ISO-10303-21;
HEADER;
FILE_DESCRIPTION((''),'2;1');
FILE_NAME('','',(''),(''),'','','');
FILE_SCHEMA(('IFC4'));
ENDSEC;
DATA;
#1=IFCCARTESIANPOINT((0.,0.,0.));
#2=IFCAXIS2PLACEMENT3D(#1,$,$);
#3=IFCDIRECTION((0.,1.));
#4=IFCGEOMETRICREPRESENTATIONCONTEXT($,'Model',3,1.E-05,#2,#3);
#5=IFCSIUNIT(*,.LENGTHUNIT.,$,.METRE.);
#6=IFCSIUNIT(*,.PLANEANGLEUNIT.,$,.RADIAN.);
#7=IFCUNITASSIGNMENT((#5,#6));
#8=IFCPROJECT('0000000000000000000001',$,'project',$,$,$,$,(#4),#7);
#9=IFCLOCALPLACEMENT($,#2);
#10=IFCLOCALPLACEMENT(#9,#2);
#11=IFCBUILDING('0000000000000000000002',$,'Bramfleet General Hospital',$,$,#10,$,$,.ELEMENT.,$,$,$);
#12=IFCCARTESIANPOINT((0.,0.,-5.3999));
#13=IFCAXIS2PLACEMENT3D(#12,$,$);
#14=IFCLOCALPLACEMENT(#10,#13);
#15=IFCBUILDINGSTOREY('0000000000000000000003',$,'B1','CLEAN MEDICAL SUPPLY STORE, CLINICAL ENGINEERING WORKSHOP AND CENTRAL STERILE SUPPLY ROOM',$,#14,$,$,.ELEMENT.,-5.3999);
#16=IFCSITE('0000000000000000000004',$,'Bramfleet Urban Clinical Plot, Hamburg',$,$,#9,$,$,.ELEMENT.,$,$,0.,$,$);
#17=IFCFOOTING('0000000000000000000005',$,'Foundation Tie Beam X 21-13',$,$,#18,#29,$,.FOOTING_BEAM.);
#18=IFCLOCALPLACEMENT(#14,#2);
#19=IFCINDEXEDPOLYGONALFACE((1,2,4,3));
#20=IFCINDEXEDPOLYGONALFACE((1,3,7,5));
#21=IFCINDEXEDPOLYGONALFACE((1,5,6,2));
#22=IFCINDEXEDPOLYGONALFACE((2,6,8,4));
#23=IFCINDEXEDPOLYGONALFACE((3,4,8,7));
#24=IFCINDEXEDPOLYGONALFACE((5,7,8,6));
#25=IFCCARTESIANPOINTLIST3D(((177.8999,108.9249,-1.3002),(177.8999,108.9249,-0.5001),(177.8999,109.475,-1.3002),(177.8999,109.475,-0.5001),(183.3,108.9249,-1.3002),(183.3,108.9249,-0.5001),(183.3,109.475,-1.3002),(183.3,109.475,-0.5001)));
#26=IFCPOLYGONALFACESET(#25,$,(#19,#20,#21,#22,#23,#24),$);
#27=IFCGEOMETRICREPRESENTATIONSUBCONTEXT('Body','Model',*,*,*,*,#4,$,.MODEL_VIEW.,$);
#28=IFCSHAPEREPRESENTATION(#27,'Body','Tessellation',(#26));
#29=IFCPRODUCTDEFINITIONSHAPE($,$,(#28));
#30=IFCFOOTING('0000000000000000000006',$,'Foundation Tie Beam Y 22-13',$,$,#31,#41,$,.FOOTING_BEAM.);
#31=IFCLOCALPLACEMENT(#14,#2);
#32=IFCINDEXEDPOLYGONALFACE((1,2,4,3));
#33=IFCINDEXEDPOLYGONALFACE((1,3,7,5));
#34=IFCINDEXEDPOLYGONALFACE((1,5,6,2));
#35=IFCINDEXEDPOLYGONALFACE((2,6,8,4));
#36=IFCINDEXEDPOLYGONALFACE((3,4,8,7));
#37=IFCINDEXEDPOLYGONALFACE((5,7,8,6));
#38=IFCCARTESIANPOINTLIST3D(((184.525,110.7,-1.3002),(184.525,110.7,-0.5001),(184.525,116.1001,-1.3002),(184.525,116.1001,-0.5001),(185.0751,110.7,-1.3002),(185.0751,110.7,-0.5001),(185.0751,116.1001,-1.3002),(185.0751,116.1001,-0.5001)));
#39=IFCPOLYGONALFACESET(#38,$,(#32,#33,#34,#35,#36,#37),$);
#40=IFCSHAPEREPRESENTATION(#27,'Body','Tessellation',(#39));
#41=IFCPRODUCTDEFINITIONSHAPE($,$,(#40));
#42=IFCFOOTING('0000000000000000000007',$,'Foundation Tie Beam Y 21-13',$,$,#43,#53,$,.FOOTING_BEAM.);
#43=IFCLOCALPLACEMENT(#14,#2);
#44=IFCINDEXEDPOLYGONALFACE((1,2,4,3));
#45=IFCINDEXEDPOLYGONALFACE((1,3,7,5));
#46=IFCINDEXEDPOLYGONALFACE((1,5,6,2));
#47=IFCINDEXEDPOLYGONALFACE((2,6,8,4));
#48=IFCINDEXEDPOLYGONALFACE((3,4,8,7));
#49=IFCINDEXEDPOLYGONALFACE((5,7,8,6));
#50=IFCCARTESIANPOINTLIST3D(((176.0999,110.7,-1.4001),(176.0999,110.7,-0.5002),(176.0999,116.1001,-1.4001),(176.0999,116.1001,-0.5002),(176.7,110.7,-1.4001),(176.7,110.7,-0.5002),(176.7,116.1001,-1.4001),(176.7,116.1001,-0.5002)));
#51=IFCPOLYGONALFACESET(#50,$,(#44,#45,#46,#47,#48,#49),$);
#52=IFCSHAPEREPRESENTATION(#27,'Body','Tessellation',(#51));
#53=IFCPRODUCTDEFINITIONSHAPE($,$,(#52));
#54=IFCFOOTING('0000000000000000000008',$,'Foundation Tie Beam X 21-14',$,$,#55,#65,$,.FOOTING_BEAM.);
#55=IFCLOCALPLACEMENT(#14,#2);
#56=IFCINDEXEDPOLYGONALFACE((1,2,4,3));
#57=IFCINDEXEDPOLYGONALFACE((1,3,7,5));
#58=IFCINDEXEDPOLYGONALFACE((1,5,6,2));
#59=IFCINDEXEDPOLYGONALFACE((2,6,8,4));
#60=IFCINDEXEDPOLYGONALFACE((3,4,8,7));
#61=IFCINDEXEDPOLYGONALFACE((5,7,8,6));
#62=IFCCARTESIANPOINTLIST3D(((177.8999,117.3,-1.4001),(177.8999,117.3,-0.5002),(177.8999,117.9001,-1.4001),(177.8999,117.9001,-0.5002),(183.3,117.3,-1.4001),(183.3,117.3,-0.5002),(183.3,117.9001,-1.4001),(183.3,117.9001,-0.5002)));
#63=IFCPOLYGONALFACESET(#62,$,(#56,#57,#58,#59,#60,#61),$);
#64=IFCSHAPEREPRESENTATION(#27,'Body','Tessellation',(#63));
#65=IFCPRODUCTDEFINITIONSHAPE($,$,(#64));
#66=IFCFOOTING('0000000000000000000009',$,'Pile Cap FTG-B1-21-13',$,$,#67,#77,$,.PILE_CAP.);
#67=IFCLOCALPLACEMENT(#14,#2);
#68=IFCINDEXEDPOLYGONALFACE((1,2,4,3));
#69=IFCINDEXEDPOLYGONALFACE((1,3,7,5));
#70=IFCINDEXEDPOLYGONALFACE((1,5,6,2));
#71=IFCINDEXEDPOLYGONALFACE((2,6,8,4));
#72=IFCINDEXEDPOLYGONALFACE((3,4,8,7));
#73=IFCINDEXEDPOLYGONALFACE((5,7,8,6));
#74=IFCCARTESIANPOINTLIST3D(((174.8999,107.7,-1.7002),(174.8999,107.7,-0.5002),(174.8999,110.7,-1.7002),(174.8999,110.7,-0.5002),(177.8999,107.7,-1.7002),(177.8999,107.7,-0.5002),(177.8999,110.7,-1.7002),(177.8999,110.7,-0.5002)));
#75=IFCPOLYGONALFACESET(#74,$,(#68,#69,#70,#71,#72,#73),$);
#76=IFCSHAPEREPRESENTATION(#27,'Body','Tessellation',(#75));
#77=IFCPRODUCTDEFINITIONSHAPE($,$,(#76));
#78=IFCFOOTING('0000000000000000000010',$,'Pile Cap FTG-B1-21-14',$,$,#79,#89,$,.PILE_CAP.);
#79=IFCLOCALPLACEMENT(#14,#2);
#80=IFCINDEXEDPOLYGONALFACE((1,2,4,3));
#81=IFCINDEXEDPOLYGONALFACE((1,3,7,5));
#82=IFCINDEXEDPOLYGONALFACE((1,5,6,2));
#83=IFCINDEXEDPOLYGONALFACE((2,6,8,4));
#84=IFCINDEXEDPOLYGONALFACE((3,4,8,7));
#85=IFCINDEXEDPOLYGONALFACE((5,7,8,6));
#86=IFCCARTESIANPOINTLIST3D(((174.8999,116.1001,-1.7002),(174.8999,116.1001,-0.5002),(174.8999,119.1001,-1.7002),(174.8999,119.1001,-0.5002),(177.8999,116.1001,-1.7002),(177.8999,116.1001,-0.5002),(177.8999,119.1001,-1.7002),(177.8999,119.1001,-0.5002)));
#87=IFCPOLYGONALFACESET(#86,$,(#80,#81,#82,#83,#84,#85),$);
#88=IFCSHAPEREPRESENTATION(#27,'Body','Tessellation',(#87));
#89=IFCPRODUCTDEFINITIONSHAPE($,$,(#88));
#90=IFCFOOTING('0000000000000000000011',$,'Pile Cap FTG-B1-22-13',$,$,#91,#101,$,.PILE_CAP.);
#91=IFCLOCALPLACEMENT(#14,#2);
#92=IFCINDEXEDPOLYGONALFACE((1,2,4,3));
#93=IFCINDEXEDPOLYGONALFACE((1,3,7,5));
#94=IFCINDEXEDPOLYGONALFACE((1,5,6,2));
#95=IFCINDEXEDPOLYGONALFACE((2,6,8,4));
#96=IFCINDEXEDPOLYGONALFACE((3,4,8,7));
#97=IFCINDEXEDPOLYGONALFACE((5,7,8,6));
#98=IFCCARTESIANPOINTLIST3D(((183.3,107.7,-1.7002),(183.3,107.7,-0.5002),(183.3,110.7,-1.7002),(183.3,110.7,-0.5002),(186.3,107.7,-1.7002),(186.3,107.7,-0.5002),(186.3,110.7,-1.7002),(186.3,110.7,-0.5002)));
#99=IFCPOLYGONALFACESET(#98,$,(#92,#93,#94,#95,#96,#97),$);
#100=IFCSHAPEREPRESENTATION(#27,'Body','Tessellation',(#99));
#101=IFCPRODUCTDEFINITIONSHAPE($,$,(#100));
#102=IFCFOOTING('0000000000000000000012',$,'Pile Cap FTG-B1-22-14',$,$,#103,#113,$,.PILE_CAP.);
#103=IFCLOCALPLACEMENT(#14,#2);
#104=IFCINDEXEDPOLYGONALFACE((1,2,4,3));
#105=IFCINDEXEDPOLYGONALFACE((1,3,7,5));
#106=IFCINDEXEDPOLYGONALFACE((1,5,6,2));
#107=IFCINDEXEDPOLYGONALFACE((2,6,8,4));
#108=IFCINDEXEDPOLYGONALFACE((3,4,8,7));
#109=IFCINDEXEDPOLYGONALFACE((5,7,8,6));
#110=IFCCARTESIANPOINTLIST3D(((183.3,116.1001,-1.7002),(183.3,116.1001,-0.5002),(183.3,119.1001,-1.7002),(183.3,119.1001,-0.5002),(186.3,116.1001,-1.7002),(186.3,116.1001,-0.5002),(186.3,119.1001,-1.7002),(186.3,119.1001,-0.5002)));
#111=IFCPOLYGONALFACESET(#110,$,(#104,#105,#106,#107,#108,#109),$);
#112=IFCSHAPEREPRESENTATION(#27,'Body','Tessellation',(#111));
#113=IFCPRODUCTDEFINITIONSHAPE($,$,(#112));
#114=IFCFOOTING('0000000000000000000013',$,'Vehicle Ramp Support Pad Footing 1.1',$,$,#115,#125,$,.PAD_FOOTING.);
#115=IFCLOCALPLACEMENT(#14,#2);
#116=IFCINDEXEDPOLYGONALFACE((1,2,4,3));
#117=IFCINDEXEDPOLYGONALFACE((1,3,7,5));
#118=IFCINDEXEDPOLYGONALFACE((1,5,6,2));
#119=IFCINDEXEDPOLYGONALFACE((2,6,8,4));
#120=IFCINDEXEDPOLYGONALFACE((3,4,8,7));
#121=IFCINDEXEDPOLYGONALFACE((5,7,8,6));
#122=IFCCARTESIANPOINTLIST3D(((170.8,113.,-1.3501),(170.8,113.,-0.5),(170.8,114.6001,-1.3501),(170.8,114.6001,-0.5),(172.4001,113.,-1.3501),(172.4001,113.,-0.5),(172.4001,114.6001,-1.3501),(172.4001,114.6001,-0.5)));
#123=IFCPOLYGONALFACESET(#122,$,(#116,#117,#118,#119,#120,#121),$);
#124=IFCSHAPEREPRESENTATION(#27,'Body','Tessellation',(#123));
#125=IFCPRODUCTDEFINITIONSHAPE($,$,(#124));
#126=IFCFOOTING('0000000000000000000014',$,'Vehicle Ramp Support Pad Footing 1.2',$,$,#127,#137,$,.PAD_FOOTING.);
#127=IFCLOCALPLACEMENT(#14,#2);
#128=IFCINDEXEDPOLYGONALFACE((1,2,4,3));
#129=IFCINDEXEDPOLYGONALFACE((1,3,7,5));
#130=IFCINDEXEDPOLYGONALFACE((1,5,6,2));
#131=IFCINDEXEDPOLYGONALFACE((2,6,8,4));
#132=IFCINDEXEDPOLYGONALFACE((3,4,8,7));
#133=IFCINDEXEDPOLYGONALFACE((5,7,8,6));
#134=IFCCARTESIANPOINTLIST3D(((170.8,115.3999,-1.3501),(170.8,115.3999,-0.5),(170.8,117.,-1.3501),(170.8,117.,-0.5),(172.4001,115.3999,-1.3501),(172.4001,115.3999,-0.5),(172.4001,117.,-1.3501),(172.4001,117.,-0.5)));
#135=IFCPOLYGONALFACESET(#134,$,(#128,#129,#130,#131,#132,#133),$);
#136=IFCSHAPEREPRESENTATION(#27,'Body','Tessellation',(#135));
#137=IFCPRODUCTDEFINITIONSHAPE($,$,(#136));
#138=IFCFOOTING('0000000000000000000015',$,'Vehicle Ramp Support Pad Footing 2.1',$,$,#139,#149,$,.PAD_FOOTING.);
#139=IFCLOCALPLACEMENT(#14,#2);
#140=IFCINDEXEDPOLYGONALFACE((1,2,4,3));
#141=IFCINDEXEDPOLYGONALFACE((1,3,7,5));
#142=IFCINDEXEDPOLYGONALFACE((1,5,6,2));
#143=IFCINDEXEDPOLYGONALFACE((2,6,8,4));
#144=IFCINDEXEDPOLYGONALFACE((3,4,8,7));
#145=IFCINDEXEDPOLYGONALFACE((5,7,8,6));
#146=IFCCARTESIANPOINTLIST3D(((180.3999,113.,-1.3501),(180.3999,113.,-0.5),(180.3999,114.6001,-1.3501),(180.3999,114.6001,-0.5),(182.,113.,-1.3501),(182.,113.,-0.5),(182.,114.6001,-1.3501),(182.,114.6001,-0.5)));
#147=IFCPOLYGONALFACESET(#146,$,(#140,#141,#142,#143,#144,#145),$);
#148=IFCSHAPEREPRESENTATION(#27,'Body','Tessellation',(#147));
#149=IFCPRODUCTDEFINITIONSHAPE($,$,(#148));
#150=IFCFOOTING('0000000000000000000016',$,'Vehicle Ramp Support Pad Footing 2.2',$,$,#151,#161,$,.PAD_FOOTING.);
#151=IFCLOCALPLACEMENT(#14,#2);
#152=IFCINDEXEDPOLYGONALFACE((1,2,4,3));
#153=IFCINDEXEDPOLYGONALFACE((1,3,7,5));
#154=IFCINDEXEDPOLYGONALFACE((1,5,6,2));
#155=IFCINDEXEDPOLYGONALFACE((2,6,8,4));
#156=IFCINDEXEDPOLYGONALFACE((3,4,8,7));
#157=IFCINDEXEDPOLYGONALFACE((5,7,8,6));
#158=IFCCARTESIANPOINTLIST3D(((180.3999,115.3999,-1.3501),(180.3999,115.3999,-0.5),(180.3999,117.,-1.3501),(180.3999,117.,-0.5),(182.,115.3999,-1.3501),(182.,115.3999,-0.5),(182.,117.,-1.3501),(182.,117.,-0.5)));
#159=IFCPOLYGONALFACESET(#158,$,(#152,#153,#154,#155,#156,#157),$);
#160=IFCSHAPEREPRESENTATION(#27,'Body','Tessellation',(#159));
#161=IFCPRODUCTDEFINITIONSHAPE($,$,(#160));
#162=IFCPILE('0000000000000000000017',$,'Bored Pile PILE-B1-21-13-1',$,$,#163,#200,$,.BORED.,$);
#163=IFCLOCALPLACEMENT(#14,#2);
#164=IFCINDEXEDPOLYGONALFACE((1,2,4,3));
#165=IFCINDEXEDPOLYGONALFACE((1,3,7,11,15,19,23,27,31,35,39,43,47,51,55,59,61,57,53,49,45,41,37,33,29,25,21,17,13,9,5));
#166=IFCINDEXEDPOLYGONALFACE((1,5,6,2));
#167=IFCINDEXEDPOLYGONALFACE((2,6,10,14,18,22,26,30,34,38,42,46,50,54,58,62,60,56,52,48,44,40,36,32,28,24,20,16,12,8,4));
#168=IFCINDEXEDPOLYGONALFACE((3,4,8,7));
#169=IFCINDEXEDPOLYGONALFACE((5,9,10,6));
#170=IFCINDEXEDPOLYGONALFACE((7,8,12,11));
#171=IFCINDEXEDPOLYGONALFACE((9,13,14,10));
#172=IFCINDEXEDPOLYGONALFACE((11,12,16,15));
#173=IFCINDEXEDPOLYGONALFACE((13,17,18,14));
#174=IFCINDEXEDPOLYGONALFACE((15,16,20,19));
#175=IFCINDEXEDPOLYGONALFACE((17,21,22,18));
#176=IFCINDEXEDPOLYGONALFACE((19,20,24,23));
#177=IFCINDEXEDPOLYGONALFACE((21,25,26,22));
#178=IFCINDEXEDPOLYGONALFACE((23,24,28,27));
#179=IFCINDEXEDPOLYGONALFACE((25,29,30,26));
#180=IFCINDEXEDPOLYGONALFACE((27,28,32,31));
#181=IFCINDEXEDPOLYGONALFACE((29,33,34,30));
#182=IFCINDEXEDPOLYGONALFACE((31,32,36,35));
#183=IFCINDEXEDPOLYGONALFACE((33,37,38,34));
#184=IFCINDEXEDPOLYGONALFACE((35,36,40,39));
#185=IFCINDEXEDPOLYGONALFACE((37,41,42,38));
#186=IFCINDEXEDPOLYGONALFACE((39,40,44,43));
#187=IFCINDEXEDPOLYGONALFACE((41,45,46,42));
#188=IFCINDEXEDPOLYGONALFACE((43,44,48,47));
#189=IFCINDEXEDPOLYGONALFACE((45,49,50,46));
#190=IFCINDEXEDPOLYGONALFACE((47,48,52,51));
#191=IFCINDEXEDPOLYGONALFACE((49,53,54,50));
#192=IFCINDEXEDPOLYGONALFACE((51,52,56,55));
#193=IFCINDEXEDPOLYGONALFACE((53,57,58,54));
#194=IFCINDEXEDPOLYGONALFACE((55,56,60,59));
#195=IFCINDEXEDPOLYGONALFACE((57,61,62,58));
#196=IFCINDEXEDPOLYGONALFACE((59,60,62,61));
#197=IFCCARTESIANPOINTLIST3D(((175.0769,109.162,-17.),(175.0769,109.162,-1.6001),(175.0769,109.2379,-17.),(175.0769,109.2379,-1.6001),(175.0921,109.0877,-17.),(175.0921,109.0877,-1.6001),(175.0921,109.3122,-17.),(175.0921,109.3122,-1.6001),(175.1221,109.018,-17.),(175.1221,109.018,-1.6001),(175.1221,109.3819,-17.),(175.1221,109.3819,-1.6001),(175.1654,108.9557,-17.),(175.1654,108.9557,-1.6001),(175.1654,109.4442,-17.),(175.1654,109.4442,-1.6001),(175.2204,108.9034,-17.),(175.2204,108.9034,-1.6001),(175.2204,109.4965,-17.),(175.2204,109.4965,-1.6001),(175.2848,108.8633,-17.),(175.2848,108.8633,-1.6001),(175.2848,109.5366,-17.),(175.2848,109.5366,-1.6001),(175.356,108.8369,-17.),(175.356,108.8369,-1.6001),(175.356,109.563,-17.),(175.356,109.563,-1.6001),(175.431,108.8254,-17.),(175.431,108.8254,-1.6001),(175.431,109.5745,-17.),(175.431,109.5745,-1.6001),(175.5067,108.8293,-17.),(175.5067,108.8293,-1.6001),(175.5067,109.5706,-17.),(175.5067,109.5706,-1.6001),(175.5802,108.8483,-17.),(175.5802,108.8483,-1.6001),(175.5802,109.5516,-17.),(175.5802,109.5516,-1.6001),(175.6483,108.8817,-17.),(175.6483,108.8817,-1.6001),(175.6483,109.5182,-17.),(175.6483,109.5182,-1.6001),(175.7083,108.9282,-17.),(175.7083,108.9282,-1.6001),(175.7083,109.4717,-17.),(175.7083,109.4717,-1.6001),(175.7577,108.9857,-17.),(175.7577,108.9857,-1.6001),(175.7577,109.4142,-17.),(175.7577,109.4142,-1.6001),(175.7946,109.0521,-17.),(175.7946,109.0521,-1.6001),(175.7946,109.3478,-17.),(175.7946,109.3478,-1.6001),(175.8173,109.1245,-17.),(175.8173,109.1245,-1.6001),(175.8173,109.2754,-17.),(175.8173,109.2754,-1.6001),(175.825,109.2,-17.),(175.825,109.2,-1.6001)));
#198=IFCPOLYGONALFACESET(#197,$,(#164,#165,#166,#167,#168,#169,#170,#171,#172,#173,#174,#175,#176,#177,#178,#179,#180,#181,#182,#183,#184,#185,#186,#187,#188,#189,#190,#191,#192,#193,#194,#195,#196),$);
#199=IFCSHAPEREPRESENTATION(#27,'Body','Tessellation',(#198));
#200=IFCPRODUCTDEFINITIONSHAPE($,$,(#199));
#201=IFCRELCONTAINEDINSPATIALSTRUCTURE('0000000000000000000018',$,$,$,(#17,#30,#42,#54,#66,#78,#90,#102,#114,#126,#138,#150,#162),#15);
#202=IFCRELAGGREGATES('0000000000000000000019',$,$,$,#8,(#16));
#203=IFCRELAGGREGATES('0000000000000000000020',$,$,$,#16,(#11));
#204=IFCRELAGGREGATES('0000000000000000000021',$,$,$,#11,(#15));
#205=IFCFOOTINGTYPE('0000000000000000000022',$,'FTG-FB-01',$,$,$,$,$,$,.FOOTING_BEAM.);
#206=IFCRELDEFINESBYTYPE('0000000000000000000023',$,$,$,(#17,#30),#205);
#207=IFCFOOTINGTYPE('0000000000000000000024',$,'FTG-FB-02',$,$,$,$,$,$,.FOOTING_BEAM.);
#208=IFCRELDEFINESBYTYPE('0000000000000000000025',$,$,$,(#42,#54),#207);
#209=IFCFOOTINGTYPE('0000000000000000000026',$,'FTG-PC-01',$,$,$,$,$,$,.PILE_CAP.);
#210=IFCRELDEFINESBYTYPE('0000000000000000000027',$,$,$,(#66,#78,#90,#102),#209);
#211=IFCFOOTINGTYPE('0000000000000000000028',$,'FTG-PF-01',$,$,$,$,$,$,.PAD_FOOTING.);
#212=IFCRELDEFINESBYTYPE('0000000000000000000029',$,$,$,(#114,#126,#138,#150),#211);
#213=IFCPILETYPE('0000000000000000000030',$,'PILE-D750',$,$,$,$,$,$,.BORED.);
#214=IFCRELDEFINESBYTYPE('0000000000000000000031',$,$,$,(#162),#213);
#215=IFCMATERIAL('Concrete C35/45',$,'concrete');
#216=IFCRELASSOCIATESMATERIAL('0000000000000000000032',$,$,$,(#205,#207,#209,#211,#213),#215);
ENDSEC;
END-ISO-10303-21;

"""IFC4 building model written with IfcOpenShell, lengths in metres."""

from ifc_helpers import new_model, si_unit, direction, frame, origin, origin_2d, place, context, subcontext, project, spatial, rectangle, circle, extrude, material, material_profile, profile_set, type_object, element, save


model = new_model("IFC4")

# Units and contexts
model_context = context("Model", 3, precision=1e-05, world=origin(), true_north=direction((0.0, 1.0)))
body_context = subcontext(model_context, "Body", "Model", "MODEL_VIEW")
ifc_project = project(units=[si_unit("LENGTHUNIT", "METRE"), si_unit("PLANEANGLEUNIT", "RADIAN")], contexts=[model_context])

# Site, building, storey
site_placement = place(None, origin())
site = spatial("IfcSite", under=ifc_project, at=site_placement, Name="Bramfleet Urban Clinical Plot, Hamburg", CompositionType="ELEMENT", RefElevation=0.0)
building_placement = place(site_placement, origin())
building = spatial("IfcBuilding", under=site, at=building_placement, Name="Bramfleet General Hospital", CompositionType="ELEMENT")
storey_placement = place(building_placement, frame((0.0, 0.0, -5.3999)))
storey = spatial("IfcBuildingStorey", under=building, at=storey_placement, Name="B1", Description="CLEAN MEDICAL SUPPLY STORE, CLINICAL ENGINEERING WORKSHOP AND CENTRAL STERILE SUPPLY ROOM", CompositionType="ELEMENT", Elevation=-5.3999)

# Footings
ifc_material_1 = material(Name="Concrete C35/45", Category="concrete")
ifc_material_profile_1 = material_profile(ifc_material_1, rectangle(XDim=0.55, YDim=0.8, at=origin_2d()), Name="RC FB 800x550")
ifc_profile_set_1 = profile_set([ifc_material_profile_1], Name="Concrete C35/45")
footing_type_1 = type_object("IfcFootingType", Name="FTG-FB-01", PredefinedType="FOOTING_BEAM", material=ifc_profile_set_1)
for number, where, z_axis, x_axis, name in (
    (1, (177.8999, 109.2, -0.9001), (1.0, 0.0, 0.0), (0.0, 1.0, 0.0), "Foundation Tie Beam X 21-13"),
    (2, (184.8, 110.7, -0.9001), (0.0, 1.0, 0.0), (-1.0, 0.0, 0.0), "Foundation Tie Beam Y 22-13"),
):
    element("IfcFooting", number, at=place(storey_placement, frame(where, z_axis=z_axis, x_axis=x_axis)), inside=storey, type_object=footing_type_1, Name=name, PredefinedType="FOOTING_BEAM", context=body_context, shape_type="SweptSolid", body=[
        extrude(rectangle(XDim=0.55, YDim=0.8, at=origin_2d()), origin(), (0.0, 0.0, 1.0), 5.4001),
    ])
ifc_material_profile_2 = material_profile(ifc_material_1, rectangle(XDim=0.6001, YDim=0.8999, at=origin_2d()), Name="RC FB 900x600")
ifc_profile_set_2 = profile_set([ifc_material_profile_2], Name="Concrete C35/45")
footing_type_2 = type_object("IfcFootingType", Name="FTG-FB-02", PredefinedType="FOOTING_BEAM", material=ifc_profile_set_2)
for number, where, z_axis, x_axis, name in (
    (3, (176.3999, 110.7, -0.9502), (0.0, 1.0, 0.0), (-1.0, 0.0, 0.0), "Foundation Tie Beam Y 21-13"),
    (4, (177.8999, 117.6001, -0.9502), (1.0, 0.0, 0.0), (0.0, 1.0, 0.0), "Foundation Tie Beam X 21-14"),
):
    element("IfcFooting", number, at=place(storey_placement, frame(where, z_axis=z_axis, x_axis=x_axis)), inside=storey, type_object=footing_type_2, Name=name, PredefinedType="FOOTING_BEAM", context=body_context, shape_type="SweptSolid", body=[
        extrude(rectangle(XDim=0.6001, YDim=0.8999, at=origin_2d()), origin(), (0.0, 0.0, 1.0), 5.4001),
    ])
footing_type_3 = type_object("IfcFootingType", Name="FTG-PC-01", PredefinedType="PILE_CAP", material=ifc_material_1)
for number, where, z_axis, x_axis, name in (
    (5, (176.3999, 109.2, -1.7002), (0.0, 0.0, 1.0), (1.0, 0.0, 0.0), "Pile Cap FTG-B1-21-13"),
    (6, (176.3999, 117.6001, -1.7002), (0.0, 0.0, 1.0), (1.0, 0.0, 0.0), "Pile Cap FTG-B1-21-14"),
    (7, (184.8, 109.2, -1.7002), (0.0, 0.0, 1.0), (1.0, 0.0, 0.0), "Pile Cap FTG-B1-22-13"),
    (8, (184.8, 117.6001, -1.7002), (0.0, 0.0, 1.0), (1.0, 0.0, 0.0), "Pile Cap FTG-B1-22-14"),
):
    element("IfcFooting", number, at=place(storey_placement, frame(where, z_axis=z_axis, x_axis=x_axis)), inside=storey, type_object=footing_type_3, Name=name, PredefinedType="PILE_CAP", context=body_context, shape_type="SweptSolid", body=[
        extrude(rectangle(XDim=3.0, YDim=3.0, at=origin_2d()), origin(), (0.0, 0.0, 1.0), 1.2),
    ])
footing_type_4 = type_object("IfcFootingType", Name="FTG-PF-01", PredefinedType="PAD_FOOTING", material=ifc_material_1)
for number, where, z_axis, x_axis, name in (
    (9, (171.6001, 113.8, -1.3501), (0.0, 0.0, 1.0), (1.0, 0.0, 0.0), "Vehicle Ramp Support Pad Footing 1.1"),
    (10, (171.6001, 116.2, -1.3501), (0.0, 0.0, 1.0), (1.0, 0.0, 0.0), "Vehicle Ramp Support Pad Footing 1.2"),
    (11, (181.2, 113.8, -1.3501), (0.0, 0.0, 1.0), (1.0, 0.0, 0.0), "Vehicle Ramp Support Pad Footing 2.1"),
    (12, (181.2, 116.2, -1.3501), (0.0, 0.0, 1.0), (1.0, 0.0, 0.0), "Vehicle Ramp Support Pad Footing 2.2"),
):
    element("IfcFooting", number, at=place(storey_placement, frame(where, z_axis=z_axis, x_axis=x_axis)), inside=storey, type_object=footing_type_4, Name=name, PredefinedType="PAD_FOOTING", context=body_context, shape_type="SweptSolid", body=[
        extrude(rectangle(XDim=1.6001, YDim=1.6001, at=origin_2d()), origin(), (0.0, 0.0, 1.0), 0.8501),
    ])

# Pile
ifc_material_profile_3 = material_profile(ifc_material_1, circle(Radius=0.375, at=origin_2d()), Name="PILE BORED D750")
ifc_profile_set_3 = profile_set([ifc_material_profile_3], Name="Concrete C35/45")
pile_type = type_object("IfcPileType", Name="PILE-D750", PredefinedType="BORED", material=ifc_profile_set_3)
for number, where, z_axis, x_axis, name in (
    (13, (175.45, 109.2, -1.6001), (0.0, 0.0, -1.0), (1.0, 0.0, 0.0), "Bored Pile PILE-B1-21-13-1"),
):
    element("IfcPile", number, at=place(storey_placement, frame(where, z_axis=z_axis, x_axis=x_axis)), inside=storey, type_object=pile_type, Name=name, PredefinedType="BORED", context=body_context, shape_type="SweptSolid", body=[
        extrude(circle(Radius=0.375, at=origin_2d()), origin(), (0.0, 0.0, 1.0), 15.3999),
    ])

save(model, "model.ifc")
